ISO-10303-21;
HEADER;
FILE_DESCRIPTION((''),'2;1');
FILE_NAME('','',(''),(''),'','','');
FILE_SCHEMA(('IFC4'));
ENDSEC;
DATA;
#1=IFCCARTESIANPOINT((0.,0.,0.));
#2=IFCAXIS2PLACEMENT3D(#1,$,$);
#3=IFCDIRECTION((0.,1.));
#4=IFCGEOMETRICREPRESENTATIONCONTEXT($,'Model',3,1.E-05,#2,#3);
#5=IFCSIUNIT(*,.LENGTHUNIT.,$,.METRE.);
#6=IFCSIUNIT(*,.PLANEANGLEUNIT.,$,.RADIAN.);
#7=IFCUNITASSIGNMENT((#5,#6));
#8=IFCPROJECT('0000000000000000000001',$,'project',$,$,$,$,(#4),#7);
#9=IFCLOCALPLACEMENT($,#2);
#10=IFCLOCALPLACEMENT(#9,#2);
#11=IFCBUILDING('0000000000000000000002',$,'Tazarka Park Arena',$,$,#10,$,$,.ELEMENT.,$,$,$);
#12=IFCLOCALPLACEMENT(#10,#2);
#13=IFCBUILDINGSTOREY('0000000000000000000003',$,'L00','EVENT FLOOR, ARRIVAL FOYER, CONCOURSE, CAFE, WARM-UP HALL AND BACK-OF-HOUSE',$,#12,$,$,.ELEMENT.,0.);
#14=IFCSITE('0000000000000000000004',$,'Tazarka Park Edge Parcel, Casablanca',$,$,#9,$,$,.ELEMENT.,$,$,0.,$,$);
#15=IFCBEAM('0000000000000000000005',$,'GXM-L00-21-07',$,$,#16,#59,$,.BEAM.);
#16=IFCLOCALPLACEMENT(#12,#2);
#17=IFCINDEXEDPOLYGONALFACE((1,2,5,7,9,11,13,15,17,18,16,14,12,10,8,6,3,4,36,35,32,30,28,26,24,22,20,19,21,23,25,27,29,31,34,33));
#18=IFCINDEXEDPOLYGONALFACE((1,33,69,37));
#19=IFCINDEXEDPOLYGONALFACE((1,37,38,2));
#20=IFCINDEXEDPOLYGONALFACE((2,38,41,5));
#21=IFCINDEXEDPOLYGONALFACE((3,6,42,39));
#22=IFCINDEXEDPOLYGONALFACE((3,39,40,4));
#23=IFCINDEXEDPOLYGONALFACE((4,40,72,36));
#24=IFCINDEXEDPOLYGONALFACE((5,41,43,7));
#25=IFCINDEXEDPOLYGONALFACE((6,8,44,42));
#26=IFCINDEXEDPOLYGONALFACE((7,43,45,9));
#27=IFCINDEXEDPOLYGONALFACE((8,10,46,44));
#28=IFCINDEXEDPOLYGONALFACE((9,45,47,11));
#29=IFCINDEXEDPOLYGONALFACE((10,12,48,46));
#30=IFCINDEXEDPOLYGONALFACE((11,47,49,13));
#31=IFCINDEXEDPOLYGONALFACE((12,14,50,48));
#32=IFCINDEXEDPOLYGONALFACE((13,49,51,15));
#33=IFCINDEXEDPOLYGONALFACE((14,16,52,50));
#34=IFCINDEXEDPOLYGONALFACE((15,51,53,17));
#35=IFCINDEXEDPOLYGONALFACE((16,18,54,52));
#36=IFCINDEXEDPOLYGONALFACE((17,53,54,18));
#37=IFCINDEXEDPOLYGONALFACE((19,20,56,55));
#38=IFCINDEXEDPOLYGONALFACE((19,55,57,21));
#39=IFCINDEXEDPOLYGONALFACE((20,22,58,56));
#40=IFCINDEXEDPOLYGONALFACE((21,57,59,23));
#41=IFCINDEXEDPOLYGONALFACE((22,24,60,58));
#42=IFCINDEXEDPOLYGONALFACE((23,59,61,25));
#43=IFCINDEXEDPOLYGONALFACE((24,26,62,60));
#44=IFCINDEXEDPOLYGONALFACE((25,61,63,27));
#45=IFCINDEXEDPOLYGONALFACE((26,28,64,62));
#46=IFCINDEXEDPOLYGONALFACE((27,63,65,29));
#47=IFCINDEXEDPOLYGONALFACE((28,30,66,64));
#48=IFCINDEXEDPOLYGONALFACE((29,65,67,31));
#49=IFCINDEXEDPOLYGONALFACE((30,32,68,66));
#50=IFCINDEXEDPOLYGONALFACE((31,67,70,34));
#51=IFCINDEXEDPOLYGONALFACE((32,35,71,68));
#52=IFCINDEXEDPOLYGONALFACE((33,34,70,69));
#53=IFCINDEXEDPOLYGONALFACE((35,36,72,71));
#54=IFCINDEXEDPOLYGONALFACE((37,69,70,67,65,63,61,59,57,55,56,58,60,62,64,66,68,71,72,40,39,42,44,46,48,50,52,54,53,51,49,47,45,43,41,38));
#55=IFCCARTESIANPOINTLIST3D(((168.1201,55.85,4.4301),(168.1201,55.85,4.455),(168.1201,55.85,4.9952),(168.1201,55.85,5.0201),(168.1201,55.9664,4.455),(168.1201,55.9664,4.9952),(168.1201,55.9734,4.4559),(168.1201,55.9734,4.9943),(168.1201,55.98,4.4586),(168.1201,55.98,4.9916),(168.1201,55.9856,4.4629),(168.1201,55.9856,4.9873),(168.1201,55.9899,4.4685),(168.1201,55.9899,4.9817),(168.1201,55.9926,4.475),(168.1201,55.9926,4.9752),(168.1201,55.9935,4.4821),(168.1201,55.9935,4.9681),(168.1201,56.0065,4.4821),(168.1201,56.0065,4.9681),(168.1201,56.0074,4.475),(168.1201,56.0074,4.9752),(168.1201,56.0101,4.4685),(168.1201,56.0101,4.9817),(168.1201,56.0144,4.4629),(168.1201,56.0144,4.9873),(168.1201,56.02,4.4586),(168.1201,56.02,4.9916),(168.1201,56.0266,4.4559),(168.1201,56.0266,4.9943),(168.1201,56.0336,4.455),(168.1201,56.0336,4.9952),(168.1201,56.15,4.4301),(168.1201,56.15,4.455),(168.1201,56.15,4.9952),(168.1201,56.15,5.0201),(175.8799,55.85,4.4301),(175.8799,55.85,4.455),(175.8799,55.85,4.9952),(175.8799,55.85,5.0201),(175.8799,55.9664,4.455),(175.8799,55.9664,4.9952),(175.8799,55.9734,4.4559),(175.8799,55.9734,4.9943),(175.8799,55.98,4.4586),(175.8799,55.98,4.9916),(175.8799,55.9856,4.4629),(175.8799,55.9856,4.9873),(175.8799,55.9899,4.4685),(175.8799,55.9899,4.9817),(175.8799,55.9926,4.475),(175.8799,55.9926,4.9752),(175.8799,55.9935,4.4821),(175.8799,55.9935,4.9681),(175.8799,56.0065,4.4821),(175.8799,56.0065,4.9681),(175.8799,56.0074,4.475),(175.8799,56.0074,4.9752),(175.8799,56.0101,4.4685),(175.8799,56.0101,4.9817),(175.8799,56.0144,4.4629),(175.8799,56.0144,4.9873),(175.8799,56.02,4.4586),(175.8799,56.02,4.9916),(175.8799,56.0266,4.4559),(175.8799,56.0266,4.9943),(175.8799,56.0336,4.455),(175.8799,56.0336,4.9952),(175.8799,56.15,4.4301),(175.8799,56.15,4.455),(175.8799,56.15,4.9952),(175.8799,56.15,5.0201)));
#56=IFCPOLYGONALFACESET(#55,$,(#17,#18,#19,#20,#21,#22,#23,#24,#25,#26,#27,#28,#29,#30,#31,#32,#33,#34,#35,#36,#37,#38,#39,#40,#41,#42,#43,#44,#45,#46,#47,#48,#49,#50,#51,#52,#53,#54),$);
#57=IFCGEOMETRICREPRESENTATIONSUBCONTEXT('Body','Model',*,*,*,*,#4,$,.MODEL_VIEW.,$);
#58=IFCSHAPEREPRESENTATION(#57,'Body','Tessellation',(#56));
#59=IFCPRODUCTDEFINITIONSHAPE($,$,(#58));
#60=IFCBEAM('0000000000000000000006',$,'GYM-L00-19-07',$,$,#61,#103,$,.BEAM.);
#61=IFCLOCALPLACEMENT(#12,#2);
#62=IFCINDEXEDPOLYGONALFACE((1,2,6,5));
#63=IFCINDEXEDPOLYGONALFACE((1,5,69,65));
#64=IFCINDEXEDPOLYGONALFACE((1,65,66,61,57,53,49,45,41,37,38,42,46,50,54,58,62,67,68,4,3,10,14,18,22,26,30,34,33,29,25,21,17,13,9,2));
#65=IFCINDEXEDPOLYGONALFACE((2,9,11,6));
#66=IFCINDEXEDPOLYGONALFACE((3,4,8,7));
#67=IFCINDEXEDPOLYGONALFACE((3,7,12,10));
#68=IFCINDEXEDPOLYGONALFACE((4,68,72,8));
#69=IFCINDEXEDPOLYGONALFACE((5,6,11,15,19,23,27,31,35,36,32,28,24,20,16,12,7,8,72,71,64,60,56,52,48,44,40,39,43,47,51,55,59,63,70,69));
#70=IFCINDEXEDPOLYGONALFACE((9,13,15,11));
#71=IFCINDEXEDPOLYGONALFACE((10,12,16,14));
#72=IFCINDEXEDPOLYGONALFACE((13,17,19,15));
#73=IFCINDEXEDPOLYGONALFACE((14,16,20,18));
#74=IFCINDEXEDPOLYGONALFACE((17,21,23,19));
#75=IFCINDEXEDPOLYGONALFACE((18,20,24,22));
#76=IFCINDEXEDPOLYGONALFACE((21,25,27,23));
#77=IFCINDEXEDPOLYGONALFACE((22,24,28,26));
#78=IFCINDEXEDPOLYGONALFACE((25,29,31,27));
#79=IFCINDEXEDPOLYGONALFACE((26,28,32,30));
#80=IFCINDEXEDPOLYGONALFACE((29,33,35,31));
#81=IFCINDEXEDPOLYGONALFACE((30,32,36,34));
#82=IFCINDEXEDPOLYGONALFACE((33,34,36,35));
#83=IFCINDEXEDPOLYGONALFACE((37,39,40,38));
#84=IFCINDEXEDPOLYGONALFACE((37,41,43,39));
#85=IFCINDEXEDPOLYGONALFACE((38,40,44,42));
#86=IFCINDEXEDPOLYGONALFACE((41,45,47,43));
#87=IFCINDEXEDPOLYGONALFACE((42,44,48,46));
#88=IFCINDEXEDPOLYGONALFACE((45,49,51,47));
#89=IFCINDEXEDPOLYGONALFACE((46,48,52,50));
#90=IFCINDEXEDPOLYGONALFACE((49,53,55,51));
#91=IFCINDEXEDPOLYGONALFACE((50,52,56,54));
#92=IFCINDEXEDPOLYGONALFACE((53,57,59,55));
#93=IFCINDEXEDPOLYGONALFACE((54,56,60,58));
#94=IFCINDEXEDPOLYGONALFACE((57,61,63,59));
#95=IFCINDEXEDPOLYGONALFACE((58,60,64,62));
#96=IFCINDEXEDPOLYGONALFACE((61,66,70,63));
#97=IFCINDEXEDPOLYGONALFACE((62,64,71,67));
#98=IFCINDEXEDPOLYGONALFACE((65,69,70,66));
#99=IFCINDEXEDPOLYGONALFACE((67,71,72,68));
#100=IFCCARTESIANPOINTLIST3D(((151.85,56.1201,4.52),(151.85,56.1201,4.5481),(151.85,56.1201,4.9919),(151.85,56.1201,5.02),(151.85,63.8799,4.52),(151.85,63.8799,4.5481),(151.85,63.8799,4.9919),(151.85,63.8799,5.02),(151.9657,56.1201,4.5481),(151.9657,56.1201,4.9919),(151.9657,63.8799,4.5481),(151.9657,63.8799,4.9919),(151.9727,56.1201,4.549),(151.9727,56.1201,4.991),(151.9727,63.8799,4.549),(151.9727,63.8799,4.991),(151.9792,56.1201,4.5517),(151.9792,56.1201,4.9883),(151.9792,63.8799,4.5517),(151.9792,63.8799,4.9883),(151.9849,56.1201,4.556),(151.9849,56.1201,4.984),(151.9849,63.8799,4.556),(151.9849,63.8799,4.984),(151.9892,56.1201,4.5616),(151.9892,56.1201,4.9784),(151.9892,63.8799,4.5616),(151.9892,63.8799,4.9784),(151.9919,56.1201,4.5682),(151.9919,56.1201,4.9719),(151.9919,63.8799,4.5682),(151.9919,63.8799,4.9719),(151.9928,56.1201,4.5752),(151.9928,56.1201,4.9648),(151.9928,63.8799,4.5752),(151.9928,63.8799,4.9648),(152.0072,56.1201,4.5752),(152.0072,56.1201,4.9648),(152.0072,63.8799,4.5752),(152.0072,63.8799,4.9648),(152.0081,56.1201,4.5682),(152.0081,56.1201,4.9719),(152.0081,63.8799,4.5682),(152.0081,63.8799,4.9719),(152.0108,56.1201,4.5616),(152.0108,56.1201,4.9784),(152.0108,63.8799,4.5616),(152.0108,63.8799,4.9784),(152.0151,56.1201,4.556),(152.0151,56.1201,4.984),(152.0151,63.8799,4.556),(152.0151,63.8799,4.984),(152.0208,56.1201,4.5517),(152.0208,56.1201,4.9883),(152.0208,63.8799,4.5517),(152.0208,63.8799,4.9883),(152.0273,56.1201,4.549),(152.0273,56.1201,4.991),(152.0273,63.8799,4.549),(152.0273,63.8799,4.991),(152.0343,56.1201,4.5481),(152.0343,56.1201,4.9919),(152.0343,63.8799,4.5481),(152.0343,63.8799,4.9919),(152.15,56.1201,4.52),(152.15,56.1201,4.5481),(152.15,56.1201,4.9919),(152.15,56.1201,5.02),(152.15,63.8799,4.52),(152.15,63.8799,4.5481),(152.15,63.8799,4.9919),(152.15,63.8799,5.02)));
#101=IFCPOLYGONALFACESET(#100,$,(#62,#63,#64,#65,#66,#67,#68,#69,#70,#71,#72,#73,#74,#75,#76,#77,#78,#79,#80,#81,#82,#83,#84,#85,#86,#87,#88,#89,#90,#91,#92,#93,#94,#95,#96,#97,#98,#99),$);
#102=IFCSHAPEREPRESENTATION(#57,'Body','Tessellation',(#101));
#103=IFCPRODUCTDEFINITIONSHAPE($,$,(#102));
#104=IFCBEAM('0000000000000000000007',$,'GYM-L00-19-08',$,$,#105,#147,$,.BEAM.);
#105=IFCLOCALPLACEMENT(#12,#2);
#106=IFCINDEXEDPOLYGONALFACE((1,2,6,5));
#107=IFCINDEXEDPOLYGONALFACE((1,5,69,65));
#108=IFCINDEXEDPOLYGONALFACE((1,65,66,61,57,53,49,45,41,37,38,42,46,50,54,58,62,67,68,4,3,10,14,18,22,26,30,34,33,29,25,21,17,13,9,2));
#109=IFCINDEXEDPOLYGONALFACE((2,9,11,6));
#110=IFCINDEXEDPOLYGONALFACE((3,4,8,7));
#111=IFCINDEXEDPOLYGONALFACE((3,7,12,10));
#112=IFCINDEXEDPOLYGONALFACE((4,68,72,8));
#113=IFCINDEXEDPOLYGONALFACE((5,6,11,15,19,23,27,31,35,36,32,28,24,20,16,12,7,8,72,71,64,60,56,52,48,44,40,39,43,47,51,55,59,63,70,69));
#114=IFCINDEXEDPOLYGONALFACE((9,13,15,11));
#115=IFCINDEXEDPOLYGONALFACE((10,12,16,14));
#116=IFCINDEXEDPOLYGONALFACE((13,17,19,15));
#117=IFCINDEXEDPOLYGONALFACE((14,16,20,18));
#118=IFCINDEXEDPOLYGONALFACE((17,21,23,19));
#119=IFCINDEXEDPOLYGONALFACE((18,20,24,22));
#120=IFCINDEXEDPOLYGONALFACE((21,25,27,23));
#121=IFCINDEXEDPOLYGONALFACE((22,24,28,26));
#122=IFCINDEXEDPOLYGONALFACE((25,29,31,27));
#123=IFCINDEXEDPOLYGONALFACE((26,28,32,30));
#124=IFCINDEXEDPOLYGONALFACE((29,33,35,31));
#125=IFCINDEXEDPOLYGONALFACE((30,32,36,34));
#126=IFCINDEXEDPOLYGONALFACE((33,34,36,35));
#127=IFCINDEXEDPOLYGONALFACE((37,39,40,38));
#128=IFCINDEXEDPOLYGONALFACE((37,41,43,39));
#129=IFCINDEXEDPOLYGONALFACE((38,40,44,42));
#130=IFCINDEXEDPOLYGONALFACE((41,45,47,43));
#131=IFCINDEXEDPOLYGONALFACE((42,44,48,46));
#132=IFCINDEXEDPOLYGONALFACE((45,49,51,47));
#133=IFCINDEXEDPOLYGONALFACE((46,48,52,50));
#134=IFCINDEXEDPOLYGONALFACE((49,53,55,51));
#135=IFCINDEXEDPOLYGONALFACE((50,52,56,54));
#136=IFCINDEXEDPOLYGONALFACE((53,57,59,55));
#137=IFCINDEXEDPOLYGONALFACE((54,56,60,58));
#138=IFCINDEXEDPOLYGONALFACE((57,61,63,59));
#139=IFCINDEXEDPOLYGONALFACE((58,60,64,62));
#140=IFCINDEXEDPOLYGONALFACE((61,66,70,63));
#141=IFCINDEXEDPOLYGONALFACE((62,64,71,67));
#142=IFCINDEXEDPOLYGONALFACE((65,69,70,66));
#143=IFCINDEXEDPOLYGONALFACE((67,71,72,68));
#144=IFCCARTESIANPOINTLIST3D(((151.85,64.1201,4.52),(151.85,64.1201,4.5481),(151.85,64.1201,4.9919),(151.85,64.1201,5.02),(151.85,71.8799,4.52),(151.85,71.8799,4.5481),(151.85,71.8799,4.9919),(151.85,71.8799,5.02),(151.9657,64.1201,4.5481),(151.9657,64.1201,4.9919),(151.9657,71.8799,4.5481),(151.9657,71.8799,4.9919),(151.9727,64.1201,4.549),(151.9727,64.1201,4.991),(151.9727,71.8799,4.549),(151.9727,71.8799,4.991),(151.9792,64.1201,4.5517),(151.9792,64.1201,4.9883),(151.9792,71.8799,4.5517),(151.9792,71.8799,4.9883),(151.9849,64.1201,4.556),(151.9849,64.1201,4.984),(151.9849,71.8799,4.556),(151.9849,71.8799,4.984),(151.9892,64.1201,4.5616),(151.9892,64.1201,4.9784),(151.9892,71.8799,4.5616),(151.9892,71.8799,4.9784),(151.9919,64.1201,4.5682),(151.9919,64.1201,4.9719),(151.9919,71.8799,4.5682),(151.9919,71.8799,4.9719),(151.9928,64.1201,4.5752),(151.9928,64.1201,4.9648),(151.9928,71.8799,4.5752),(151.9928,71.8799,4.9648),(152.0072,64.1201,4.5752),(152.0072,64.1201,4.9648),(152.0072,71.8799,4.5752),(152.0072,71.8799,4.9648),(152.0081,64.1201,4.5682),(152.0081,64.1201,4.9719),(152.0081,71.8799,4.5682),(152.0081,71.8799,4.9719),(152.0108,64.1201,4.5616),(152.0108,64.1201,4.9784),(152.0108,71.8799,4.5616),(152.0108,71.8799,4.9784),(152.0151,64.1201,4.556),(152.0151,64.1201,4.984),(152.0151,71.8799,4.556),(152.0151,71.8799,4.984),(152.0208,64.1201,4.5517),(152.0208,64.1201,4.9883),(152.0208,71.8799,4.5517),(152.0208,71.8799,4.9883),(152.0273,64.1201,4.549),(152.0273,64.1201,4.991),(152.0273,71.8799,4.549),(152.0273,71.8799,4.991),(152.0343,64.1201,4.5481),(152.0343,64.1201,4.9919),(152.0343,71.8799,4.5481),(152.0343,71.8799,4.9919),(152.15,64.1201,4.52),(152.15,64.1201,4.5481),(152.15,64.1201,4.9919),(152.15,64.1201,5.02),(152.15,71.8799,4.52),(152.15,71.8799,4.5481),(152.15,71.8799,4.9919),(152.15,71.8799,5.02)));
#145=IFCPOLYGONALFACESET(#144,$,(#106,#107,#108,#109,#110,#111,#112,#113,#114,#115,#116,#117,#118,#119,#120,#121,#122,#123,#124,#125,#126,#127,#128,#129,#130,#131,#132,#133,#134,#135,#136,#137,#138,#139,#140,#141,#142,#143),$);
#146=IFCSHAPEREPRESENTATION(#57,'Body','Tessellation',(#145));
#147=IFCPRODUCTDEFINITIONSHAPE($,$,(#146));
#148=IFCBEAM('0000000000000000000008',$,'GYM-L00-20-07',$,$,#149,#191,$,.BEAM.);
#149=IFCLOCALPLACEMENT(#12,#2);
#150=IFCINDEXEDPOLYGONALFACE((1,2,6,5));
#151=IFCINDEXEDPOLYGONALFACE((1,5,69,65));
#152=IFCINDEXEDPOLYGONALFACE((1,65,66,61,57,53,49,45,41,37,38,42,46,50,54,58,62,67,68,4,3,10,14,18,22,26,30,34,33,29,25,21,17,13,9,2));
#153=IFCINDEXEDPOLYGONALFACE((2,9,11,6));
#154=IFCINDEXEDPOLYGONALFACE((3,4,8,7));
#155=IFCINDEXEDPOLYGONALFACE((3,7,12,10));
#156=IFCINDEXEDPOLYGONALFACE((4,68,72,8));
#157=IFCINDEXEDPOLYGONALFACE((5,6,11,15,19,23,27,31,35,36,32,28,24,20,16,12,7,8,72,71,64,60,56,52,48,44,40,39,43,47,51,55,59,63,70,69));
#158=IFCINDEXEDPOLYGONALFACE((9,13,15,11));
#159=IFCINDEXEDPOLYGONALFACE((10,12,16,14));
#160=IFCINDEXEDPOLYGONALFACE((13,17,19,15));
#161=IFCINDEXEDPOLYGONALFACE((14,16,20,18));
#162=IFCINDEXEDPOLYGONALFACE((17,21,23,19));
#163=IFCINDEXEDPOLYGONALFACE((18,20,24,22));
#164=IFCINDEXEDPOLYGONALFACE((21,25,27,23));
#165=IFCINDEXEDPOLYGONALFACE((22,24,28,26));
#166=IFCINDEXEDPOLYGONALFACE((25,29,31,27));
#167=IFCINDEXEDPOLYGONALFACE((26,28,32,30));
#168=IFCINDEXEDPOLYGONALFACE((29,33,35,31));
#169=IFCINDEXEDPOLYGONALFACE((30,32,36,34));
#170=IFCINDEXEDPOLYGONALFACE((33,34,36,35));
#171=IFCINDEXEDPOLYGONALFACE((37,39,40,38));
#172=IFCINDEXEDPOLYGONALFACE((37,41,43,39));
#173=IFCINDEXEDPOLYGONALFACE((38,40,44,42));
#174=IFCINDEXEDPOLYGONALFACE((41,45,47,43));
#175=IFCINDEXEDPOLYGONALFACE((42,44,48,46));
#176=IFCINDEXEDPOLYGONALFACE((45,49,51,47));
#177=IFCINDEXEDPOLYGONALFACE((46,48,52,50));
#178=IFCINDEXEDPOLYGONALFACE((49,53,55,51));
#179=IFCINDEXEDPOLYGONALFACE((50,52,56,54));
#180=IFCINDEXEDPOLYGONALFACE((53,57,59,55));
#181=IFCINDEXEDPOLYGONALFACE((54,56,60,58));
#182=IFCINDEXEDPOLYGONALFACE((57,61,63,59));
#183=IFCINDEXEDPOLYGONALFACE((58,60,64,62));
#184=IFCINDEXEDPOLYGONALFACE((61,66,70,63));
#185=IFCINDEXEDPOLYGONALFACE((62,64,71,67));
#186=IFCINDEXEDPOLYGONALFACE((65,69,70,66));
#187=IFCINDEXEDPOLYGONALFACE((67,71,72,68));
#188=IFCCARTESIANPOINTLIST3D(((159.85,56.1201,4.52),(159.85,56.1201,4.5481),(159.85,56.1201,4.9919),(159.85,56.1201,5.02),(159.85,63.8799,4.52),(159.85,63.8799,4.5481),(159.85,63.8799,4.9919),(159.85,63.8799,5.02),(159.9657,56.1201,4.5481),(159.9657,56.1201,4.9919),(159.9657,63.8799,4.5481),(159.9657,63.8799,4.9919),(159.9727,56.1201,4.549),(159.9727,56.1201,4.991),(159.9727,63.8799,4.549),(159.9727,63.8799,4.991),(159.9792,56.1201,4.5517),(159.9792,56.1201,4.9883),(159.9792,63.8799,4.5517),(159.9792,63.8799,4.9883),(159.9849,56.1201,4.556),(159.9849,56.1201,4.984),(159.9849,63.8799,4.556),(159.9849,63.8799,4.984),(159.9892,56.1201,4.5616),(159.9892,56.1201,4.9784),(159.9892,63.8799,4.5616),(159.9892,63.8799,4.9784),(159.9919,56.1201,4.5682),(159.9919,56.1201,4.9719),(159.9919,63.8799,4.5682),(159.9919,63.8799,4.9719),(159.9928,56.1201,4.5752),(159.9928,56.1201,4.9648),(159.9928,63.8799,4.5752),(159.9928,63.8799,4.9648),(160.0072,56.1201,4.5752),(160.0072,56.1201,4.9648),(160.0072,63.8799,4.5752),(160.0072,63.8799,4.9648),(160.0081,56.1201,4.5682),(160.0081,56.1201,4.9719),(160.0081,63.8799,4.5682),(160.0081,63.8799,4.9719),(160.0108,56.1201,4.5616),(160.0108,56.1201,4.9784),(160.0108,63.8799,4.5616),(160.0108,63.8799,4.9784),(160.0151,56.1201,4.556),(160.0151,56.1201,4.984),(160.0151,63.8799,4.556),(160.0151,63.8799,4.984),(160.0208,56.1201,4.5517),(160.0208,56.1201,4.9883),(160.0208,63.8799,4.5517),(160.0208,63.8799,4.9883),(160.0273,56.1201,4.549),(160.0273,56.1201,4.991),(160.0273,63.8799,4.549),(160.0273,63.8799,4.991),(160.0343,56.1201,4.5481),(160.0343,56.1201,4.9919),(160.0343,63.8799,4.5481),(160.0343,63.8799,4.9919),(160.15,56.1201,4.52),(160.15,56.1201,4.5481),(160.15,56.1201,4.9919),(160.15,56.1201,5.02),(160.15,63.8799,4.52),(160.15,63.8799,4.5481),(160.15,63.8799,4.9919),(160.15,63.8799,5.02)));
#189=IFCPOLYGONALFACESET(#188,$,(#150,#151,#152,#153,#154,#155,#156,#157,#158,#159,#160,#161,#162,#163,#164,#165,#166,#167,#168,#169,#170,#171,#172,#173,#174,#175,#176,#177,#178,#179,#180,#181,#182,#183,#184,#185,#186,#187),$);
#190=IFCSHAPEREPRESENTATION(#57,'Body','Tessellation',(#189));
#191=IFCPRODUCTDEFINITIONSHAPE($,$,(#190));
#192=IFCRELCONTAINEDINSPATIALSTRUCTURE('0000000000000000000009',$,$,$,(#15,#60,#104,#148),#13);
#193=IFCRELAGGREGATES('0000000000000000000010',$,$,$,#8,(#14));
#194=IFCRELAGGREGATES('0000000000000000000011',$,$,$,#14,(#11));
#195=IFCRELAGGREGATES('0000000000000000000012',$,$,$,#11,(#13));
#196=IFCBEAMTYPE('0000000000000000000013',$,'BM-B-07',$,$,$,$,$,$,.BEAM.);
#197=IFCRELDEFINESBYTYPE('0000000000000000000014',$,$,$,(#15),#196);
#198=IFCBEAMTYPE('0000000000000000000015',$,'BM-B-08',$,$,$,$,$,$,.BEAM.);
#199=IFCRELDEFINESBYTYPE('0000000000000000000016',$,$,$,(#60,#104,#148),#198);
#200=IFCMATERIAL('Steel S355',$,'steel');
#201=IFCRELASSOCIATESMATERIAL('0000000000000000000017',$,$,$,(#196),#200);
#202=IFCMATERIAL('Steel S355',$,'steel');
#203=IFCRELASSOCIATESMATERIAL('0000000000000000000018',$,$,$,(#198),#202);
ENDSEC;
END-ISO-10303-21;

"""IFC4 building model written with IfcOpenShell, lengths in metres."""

from ifc_helpers import new_model, si_unit, direction, frame, origin, origin_2d, place, context, subcontext, project, spatial, i_section, extrude, material, material_profile, profile_set, type_object, element, save


model = new_model("IFC4")

# Units and contexts
model_context = context("Model", 3, precision=1e-05, world=origin(), true_north=direction((0.0, 1.0)))
body_context = subcontext(model_context, "Body", "Model", "MODEL_VIEW")
ifc_project = project(units=[si_unit("LENGTHUNIT", "METRE"), si_unit("PLANEANGLEUNIT", "RADIAN")], contexts=[model_context])

# Site, building, storey
site_placement = place(None, origin())
site = spatial("IfcSite", under=ifc_project, at=site_placement, Name="Tazarka Park Edge Parcel, Casablanca", CompositionType="ELEMENT", RefElevation=0.0)
building_placement = place(site_placement, origin())
building = spatial("IfcBuilding", under=site, at=building_placement, Name="Tazarka Park Arena", CompositionType="ELEMENT")
storey_placement = place(building_placement, origin())
storey = spatial("IfcBuildingStorey", under=building, at=storey_placement, Name="L00", Description="EVENT FLOOR, ARRIVAL FOYER, CONCOURSE, CAFE, WARM-UP HALL AND BACK-OF-HOUSE", CompositionType="ELEMENT", Elevation=0.0)

# Beams
ifc_material_1 = material(Name="Steel S355", Category="steel")
ifc_material_profile_1 = material_profile(ifc_material_1, i_section(OverallWidth=0.3, OverallDepth=0.5901, WebThickness=0.0129, FlangeThickness=0.0249, FilletRadius=0.0271, at=origin_2d()), Name="Steel S355")
ifc_profile_set_1 = profile_set([ifc_material_profile_1], Name="Steel S355")
beam_type_1 = type_object("IfcBeamType", Name="BM-B-07", PredefinedType="BEAM", material=ifc_profile_set_1)
for number, where, z_axis, x_axis, name in (
    (1, (168.1201, 56.0, 4.7251), (1.0, 0.0, 0.0), (0.0, 1.0, 0.0), "GXM-L00-21-07"),
):
    element("IfcBeam", number, at=place(storey_placement, frame(where, z_axis=z_axis, x_axis=x_axis)), inside=storey, type_object=beam_type_1, Name=name, PredefinedType="BEAM", context=body_context, shape_type="SweptSolid", body=[
        extrude(i_section(OverallWidth=0.3, OverallDepth=0.5901, WebThickness=0.0129, FlangeThickness=0.0249, FilletRadius=0.0271, at=origin_2d()), origin(), (0.0, 0.0, 1.0), 7.7598),
    ])
ifc_material_2 = material(Name="Steel S355", Category="steel")
ifc_material_profile_2 = material_profile(ifc_material_2, i_section(OverallWidth=0.3, OverallDepth=0.5, WebThickness=0.0144, FlangeThickness=0.0281, FilletRadius=0.0271, at=origin_2d()), Name="Steel S355")
ifc_profile_set_2 = profile_set([ifc_material_profile_2], Name="Steel S355")
beam_type_2 = type_object("IfcBeamType", Name="BM-B-08", PredefinedType="BEAM", material=ifc_profile_set_2)
for number, where, z_axis, x_axis, name in (
    (2, (152.0, 56.1201, 4.77), (0.0, 1.0, 0.0), (-1.0, 0.0, 0.0), "GYM-L00-19-07"),
    (3, (152.0, 64.1201, 4.77), (0.0, 1.0, 0.0), (-1.0, 0.0, 0.0), "GYM-L00-19-08"),
    (4, (160.0, 56.1201, 4.77), (0.0, 1.0, 0.0), (-1.0, 0.0, 0.0), "GYM-L00-20-07"),
):
    element("IfcBeam", number, at=place(storey_placement, frame(where, z_axis=z_axis, x_axis=x_axis)), inside=storey, type_object=beam_type_2, Name=name, PredefinedType="BEAM", context=body_context, shape_type="SweptSolid", body=[
        extrude(i_section(OverallWidth=0.3, OverallDepth=0.5, WebThickness=0.0144, FlangeThickness=0.0281, FilletRadius=0.0271, at=origin_2d()), origin(), (0.0, 0.0, 1.0), 7.7598),
    ])

save(model, "model.ifc")
